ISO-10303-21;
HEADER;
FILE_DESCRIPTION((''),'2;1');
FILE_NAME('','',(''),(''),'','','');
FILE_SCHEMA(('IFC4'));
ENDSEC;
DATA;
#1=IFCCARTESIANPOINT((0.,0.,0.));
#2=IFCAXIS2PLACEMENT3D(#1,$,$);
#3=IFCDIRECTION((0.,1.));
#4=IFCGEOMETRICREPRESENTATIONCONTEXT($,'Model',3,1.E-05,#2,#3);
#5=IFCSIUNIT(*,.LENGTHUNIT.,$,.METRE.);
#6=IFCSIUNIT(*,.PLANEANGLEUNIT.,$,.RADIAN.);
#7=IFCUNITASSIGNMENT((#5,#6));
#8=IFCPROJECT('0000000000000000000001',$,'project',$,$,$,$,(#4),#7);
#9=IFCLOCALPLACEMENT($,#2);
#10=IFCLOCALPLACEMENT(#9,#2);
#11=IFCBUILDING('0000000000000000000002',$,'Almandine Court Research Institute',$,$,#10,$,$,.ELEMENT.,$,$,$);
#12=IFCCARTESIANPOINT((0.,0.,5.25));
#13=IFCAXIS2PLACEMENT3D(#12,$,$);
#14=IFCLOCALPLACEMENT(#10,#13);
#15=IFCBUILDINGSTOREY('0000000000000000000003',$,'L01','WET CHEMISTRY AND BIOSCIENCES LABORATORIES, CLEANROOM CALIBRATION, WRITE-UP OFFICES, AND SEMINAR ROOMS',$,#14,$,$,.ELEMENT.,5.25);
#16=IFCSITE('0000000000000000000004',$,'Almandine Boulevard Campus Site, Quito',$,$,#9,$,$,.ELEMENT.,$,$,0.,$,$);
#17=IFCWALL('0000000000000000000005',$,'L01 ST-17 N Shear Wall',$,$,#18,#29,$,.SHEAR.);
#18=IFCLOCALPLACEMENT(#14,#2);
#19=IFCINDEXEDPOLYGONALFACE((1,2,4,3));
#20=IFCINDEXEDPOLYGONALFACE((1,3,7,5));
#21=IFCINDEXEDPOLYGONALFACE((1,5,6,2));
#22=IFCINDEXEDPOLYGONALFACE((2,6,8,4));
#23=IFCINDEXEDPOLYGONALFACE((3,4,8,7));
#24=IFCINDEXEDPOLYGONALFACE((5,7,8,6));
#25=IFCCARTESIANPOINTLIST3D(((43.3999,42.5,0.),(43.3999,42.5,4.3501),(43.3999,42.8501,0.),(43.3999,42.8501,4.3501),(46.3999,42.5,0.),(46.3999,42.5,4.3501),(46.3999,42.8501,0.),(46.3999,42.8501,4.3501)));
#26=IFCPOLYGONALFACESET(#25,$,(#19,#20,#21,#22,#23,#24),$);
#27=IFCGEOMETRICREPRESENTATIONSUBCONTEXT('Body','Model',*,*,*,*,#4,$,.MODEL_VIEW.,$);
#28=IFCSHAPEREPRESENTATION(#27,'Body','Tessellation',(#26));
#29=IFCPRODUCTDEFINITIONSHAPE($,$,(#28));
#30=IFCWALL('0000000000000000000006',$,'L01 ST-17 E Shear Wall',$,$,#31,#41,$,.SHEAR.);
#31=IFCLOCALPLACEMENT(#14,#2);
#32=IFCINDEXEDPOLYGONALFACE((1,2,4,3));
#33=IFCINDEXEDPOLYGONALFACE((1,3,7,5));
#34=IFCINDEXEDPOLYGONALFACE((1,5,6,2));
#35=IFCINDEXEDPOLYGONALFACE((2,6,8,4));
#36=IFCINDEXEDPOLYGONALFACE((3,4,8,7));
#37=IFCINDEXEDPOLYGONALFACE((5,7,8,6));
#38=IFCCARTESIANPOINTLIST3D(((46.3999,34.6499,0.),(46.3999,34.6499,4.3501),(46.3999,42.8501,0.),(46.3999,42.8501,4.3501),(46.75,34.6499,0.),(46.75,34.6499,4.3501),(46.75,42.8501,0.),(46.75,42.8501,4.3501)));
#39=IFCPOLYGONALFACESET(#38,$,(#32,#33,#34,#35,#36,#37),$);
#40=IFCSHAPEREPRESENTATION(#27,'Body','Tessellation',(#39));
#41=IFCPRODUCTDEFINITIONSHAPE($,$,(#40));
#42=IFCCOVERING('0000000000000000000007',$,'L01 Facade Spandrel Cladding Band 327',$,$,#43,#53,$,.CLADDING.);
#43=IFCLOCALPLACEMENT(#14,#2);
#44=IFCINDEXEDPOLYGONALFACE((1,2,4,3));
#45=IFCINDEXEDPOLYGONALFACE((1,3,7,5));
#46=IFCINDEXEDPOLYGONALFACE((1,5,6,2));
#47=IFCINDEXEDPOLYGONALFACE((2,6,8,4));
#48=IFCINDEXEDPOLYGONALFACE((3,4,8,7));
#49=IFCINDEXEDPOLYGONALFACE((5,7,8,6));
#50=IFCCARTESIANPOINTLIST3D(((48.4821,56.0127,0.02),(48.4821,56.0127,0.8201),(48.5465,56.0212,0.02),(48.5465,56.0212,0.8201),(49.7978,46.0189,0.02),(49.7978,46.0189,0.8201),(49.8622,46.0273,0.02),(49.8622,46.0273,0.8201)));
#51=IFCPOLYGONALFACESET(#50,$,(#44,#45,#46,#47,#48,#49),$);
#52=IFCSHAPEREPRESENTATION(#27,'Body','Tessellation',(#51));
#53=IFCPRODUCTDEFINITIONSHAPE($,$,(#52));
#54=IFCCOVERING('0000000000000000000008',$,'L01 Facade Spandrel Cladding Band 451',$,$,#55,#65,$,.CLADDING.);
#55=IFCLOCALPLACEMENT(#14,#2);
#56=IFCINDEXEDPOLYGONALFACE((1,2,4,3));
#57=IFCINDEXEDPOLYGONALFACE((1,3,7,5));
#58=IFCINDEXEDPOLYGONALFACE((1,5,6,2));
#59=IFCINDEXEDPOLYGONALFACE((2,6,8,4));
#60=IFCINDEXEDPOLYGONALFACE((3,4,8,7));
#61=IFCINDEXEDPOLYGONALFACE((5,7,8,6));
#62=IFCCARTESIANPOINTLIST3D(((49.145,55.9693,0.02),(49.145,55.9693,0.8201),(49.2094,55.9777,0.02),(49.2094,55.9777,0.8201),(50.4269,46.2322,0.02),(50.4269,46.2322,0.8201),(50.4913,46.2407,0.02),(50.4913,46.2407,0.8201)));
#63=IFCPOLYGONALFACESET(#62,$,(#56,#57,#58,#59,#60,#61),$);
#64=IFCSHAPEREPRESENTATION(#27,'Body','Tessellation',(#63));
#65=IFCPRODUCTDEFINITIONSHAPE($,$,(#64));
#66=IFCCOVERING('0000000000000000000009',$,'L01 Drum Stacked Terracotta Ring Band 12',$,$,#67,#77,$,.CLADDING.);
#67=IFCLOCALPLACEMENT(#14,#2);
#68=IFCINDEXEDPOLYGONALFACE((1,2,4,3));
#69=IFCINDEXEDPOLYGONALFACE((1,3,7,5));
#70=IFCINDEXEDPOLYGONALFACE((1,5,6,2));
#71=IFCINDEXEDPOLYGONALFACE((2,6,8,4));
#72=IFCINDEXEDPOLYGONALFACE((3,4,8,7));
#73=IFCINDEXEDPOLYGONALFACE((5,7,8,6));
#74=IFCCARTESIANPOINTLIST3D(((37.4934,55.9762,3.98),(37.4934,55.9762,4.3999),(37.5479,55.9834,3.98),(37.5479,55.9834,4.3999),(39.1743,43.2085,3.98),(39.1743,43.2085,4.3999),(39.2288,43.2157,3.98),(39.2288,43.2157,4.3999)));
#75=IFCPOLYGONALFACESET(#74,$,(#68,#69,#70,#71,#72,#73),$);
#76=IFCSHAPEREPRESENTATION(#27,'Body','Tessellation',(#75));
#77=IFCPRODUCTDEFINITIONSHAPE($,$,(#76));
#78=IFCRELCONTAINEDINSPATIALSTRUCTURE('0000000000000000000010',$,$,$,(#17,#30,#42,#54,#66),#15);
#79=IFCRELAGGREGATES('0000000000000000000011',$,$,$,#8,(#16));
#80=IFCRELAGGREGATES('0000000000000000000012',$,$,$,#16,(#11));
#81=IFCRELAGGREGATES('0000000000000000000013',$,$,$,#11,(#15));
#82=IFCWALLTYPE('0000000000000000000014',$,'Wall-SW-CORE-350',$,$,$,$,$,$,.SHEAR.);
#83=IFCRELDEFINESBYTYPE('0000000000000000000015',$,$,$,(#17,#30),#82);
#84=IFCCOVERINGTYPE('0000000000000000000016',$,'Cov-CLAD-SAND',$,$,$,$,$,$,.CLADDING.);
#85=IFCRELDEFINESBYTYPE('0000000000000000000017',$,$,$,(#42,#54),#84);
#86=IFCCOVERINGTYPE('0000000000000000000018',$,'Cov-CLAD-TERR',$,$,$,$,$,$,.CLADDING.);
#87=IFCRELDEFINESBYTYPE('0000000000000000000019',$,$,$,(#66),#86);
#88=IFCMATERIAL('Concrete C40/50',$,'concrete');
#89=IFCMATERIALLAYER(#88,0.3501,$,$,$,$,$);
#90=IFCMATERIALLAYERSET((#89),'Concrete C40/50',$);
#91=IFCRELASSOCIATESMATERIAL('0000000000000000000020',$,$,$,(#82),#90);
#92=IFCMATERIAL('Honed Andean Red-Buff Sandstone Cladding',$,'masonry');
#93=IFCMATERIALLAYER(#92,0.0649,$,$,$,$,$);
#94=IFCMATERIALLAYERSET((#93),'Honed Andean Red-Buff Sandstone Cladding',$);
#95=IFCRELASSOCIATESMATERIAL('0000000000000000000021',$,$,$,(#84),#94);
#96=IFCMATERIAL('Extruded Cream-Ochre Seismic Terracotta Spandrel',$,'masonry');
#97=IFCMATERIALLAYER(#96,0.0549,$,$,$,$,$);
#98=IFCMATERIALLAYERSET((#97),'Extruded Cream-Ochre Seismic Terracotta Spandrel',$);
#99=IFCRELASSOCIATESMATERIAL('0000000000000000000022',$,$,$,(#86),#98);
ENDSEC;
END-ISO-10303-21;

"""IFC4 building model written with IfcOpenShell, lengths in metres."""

from ifc_helpers import new_model, si_unit, direction, frame, frame_2d, origin, origin_2d, place, context, subcontext, project, spatial, rectangle, extrude, material, layer, layer_set, type_object, element, save


model = new_model("IFC4")

# Units and contexts
model_context = context("Model", 3, precision=1e-05, world=origin(), true_north=direction((0.0, 1.0)))
body_context = subcontext(model_context, "Body", "Model", "MODEL_VIEW")
ifc_project = project(units=[si_unit("LENGTHUNIT", "METRE"), si_unit("PLANEANGLEUNIT", "RADIAN")], contexts=[model_context])

# Site, building, storey
site_placement = place(None, origin())
site = spatial("IfcSite", under=ifc_project, at=site_placement, Name="Almandine Boulevard Campus Site, Quito", CompositionType="ELEMENT", RefElevation=0.0)
building_placement = place(site_placement, origin())
building = spatial("IfcBuilding", under=site, at=building_placement, Name="Almandine Court Research Institute", CompositionType="ELEMENT")
storey_placement = place(building_placement, frame((0.0, 0.0, 5.25)))
storey = spatial("IfcBuildingStorey", under=building, at=storey_placement, Name="L01", Description="WET CHEMISTRY AND BIOSCIENCES LABORATORIES, CLEANROOM CALIBRATION, WRITE-UP OFFICES, AND SEMINAR ROOMS", CompositionType="ELEMENT", Elevation=5.25)

# Walls
ifc_material_1 = material(Name="Concrete C40/50", Category="concrete")
ifc_layer_1 = layer(ifc_material_1, 0.3501)
ifc_layer_set_1 = layer_set([ifc_layer_1], Name="Concrete C40/50")
wall_type_1 = type_object("IfcWallType", Name="Wall-SW-CORE-350", PredefinedType="SHEAR", material=ifc_layer_set_1)
wall_1_placement = place(storey_placement, frame((43.3999, 42.675, 0.0), z_axis=(0.0, 0.0, 1.0), x_axis=(1.0, 0.0, 0.0)))
element("IfcWall", 1, at=wall_1_placement, inside=storey, type_object=wall_type_1, Name="L01 ST-17 N Shear Wall", PredefinedType="SHEAR", context=body_context, shape_type="SweptSolid", body=[
    extrude(rectangle(XDim=3.0, YDim=0.3501, at=frame_2d((1.5, 0.0))), origin(), (0.0, 0.0, 1.0), 4.3501),
])
wall_2_placement = place(storey_placement, frame((46.575, 42.8501, 0.0), z_axis=(0.0, 0.0, 1.0), x_axis=(0.0, -1.0, 0.0)))
element("IfcWall", 2, at=wall_2_placement, inside=storey, type_object=wall_type_1, Name="L01 ST-17 E Shear Wall", PredefinedType="SHEAR", context=body_context, shape_type="SweptSolid", body=[
    extrude(rectangle(XDim=8.2002, YDim=0.3501, at=frame_2d((4.1001, 0.0))), origin(), (0.0, 0.0, 1.0), 4.3501),
])

# Coverings
ifc_material_2 = material(Name="Honed Andean Red-Buff Sandstone Cladding", Category="masonry")
ifc_layer_2 = layer(ifc_material_2, 0.0649)
ifc_layer_set_2 = layer_set([ifc_layer_2], Name="Honed Andean Red-Buff Sandstone Cladding")
covering_type_1 = type_object("IfcCoveringType", Name="Cov-CLAD-SAND", PredefinedType="CLADDING", material=ifc_layer_set_2)
covering_1_placement = place(storey_placement, frame((49.1721, 51.02, 0.02), z_axis=(0.0, 0.0, 1.0), x_axis=(0.130526, -0.991445, 0.0)))
element("IfcCovering", 3, at=covering_1_placement, inside=storey, type_object=covering_type_1, Name="L01 Facade Spandrel Cladding Band 327", PredefinedType="CLADDING", context=body_context, shape_type="SweptSolid", body=[
    extrude(rectangle(XDim=10.0801, YDim=0.0649, at=origin_2d()), origin(), (0.0, 0.0, 1.0), 0.8),
])
covering_2_placement = place(storey_placement, frame((49.8181, 51.105, 0.02), z_axis=(0.0, 0.0, 1.0), x_axis=(-0.130526, 0.991445, 0.0)))
element("IfcCovering", 4, at=covering_2_placement, inside=storey, type_object=covering_type_1, Name="L01 Facade Spandrel Cladding Band 451", PredefinedType="CLADDING", context=body_context, shape_type="SweptSolid", body=[
    extrude(rectangle(XDim=9.821, YDim=0.0649, at=origin_2d()), origin(), (0.0, 0.0, 1.0), 0.8),
])
ifc_material_3 = material(Name="Extruded Cream-Ochre Seismic Terracotta Spandrel", Category="masonry")
ifc_layer_3 = layer(ifc_material_3, 0.0549)
ifc_layer_set_3 = layer_set([ifc_layer_3], Name="Extruded Cream-Ochre Seismic Terracotta Spandrel")
covering_type_2 = type_object("IfcCoveringType", Name="Cov-CLAD-TERR", PredefinedType="CLADDING", material=ifc_layer_set_3)
covering_3_placement = place(storey_placement, frame((38.3611, 49.5959, 3.98), z_axis=(0.0, 0.0, 1.0), x_axis=(-0.130526, 0.991445, 0.0)))
element("IfcCovering", 5, at=covering_3_placement, inside=storey, type_object=covering_type_2, Name="L01 Drum Stacked Terracotta Ring Band 12", PredefinedType="CLADDING", context=body_context, shape_type="SweptSolid", body=[
    extrude(rectangle(XDim=12.8779, YDim=0.0549, at=origin_2d()), origin(), (0.0, 0.0, 1.0), 0.4199),
])

save(model, "model.ifc")
